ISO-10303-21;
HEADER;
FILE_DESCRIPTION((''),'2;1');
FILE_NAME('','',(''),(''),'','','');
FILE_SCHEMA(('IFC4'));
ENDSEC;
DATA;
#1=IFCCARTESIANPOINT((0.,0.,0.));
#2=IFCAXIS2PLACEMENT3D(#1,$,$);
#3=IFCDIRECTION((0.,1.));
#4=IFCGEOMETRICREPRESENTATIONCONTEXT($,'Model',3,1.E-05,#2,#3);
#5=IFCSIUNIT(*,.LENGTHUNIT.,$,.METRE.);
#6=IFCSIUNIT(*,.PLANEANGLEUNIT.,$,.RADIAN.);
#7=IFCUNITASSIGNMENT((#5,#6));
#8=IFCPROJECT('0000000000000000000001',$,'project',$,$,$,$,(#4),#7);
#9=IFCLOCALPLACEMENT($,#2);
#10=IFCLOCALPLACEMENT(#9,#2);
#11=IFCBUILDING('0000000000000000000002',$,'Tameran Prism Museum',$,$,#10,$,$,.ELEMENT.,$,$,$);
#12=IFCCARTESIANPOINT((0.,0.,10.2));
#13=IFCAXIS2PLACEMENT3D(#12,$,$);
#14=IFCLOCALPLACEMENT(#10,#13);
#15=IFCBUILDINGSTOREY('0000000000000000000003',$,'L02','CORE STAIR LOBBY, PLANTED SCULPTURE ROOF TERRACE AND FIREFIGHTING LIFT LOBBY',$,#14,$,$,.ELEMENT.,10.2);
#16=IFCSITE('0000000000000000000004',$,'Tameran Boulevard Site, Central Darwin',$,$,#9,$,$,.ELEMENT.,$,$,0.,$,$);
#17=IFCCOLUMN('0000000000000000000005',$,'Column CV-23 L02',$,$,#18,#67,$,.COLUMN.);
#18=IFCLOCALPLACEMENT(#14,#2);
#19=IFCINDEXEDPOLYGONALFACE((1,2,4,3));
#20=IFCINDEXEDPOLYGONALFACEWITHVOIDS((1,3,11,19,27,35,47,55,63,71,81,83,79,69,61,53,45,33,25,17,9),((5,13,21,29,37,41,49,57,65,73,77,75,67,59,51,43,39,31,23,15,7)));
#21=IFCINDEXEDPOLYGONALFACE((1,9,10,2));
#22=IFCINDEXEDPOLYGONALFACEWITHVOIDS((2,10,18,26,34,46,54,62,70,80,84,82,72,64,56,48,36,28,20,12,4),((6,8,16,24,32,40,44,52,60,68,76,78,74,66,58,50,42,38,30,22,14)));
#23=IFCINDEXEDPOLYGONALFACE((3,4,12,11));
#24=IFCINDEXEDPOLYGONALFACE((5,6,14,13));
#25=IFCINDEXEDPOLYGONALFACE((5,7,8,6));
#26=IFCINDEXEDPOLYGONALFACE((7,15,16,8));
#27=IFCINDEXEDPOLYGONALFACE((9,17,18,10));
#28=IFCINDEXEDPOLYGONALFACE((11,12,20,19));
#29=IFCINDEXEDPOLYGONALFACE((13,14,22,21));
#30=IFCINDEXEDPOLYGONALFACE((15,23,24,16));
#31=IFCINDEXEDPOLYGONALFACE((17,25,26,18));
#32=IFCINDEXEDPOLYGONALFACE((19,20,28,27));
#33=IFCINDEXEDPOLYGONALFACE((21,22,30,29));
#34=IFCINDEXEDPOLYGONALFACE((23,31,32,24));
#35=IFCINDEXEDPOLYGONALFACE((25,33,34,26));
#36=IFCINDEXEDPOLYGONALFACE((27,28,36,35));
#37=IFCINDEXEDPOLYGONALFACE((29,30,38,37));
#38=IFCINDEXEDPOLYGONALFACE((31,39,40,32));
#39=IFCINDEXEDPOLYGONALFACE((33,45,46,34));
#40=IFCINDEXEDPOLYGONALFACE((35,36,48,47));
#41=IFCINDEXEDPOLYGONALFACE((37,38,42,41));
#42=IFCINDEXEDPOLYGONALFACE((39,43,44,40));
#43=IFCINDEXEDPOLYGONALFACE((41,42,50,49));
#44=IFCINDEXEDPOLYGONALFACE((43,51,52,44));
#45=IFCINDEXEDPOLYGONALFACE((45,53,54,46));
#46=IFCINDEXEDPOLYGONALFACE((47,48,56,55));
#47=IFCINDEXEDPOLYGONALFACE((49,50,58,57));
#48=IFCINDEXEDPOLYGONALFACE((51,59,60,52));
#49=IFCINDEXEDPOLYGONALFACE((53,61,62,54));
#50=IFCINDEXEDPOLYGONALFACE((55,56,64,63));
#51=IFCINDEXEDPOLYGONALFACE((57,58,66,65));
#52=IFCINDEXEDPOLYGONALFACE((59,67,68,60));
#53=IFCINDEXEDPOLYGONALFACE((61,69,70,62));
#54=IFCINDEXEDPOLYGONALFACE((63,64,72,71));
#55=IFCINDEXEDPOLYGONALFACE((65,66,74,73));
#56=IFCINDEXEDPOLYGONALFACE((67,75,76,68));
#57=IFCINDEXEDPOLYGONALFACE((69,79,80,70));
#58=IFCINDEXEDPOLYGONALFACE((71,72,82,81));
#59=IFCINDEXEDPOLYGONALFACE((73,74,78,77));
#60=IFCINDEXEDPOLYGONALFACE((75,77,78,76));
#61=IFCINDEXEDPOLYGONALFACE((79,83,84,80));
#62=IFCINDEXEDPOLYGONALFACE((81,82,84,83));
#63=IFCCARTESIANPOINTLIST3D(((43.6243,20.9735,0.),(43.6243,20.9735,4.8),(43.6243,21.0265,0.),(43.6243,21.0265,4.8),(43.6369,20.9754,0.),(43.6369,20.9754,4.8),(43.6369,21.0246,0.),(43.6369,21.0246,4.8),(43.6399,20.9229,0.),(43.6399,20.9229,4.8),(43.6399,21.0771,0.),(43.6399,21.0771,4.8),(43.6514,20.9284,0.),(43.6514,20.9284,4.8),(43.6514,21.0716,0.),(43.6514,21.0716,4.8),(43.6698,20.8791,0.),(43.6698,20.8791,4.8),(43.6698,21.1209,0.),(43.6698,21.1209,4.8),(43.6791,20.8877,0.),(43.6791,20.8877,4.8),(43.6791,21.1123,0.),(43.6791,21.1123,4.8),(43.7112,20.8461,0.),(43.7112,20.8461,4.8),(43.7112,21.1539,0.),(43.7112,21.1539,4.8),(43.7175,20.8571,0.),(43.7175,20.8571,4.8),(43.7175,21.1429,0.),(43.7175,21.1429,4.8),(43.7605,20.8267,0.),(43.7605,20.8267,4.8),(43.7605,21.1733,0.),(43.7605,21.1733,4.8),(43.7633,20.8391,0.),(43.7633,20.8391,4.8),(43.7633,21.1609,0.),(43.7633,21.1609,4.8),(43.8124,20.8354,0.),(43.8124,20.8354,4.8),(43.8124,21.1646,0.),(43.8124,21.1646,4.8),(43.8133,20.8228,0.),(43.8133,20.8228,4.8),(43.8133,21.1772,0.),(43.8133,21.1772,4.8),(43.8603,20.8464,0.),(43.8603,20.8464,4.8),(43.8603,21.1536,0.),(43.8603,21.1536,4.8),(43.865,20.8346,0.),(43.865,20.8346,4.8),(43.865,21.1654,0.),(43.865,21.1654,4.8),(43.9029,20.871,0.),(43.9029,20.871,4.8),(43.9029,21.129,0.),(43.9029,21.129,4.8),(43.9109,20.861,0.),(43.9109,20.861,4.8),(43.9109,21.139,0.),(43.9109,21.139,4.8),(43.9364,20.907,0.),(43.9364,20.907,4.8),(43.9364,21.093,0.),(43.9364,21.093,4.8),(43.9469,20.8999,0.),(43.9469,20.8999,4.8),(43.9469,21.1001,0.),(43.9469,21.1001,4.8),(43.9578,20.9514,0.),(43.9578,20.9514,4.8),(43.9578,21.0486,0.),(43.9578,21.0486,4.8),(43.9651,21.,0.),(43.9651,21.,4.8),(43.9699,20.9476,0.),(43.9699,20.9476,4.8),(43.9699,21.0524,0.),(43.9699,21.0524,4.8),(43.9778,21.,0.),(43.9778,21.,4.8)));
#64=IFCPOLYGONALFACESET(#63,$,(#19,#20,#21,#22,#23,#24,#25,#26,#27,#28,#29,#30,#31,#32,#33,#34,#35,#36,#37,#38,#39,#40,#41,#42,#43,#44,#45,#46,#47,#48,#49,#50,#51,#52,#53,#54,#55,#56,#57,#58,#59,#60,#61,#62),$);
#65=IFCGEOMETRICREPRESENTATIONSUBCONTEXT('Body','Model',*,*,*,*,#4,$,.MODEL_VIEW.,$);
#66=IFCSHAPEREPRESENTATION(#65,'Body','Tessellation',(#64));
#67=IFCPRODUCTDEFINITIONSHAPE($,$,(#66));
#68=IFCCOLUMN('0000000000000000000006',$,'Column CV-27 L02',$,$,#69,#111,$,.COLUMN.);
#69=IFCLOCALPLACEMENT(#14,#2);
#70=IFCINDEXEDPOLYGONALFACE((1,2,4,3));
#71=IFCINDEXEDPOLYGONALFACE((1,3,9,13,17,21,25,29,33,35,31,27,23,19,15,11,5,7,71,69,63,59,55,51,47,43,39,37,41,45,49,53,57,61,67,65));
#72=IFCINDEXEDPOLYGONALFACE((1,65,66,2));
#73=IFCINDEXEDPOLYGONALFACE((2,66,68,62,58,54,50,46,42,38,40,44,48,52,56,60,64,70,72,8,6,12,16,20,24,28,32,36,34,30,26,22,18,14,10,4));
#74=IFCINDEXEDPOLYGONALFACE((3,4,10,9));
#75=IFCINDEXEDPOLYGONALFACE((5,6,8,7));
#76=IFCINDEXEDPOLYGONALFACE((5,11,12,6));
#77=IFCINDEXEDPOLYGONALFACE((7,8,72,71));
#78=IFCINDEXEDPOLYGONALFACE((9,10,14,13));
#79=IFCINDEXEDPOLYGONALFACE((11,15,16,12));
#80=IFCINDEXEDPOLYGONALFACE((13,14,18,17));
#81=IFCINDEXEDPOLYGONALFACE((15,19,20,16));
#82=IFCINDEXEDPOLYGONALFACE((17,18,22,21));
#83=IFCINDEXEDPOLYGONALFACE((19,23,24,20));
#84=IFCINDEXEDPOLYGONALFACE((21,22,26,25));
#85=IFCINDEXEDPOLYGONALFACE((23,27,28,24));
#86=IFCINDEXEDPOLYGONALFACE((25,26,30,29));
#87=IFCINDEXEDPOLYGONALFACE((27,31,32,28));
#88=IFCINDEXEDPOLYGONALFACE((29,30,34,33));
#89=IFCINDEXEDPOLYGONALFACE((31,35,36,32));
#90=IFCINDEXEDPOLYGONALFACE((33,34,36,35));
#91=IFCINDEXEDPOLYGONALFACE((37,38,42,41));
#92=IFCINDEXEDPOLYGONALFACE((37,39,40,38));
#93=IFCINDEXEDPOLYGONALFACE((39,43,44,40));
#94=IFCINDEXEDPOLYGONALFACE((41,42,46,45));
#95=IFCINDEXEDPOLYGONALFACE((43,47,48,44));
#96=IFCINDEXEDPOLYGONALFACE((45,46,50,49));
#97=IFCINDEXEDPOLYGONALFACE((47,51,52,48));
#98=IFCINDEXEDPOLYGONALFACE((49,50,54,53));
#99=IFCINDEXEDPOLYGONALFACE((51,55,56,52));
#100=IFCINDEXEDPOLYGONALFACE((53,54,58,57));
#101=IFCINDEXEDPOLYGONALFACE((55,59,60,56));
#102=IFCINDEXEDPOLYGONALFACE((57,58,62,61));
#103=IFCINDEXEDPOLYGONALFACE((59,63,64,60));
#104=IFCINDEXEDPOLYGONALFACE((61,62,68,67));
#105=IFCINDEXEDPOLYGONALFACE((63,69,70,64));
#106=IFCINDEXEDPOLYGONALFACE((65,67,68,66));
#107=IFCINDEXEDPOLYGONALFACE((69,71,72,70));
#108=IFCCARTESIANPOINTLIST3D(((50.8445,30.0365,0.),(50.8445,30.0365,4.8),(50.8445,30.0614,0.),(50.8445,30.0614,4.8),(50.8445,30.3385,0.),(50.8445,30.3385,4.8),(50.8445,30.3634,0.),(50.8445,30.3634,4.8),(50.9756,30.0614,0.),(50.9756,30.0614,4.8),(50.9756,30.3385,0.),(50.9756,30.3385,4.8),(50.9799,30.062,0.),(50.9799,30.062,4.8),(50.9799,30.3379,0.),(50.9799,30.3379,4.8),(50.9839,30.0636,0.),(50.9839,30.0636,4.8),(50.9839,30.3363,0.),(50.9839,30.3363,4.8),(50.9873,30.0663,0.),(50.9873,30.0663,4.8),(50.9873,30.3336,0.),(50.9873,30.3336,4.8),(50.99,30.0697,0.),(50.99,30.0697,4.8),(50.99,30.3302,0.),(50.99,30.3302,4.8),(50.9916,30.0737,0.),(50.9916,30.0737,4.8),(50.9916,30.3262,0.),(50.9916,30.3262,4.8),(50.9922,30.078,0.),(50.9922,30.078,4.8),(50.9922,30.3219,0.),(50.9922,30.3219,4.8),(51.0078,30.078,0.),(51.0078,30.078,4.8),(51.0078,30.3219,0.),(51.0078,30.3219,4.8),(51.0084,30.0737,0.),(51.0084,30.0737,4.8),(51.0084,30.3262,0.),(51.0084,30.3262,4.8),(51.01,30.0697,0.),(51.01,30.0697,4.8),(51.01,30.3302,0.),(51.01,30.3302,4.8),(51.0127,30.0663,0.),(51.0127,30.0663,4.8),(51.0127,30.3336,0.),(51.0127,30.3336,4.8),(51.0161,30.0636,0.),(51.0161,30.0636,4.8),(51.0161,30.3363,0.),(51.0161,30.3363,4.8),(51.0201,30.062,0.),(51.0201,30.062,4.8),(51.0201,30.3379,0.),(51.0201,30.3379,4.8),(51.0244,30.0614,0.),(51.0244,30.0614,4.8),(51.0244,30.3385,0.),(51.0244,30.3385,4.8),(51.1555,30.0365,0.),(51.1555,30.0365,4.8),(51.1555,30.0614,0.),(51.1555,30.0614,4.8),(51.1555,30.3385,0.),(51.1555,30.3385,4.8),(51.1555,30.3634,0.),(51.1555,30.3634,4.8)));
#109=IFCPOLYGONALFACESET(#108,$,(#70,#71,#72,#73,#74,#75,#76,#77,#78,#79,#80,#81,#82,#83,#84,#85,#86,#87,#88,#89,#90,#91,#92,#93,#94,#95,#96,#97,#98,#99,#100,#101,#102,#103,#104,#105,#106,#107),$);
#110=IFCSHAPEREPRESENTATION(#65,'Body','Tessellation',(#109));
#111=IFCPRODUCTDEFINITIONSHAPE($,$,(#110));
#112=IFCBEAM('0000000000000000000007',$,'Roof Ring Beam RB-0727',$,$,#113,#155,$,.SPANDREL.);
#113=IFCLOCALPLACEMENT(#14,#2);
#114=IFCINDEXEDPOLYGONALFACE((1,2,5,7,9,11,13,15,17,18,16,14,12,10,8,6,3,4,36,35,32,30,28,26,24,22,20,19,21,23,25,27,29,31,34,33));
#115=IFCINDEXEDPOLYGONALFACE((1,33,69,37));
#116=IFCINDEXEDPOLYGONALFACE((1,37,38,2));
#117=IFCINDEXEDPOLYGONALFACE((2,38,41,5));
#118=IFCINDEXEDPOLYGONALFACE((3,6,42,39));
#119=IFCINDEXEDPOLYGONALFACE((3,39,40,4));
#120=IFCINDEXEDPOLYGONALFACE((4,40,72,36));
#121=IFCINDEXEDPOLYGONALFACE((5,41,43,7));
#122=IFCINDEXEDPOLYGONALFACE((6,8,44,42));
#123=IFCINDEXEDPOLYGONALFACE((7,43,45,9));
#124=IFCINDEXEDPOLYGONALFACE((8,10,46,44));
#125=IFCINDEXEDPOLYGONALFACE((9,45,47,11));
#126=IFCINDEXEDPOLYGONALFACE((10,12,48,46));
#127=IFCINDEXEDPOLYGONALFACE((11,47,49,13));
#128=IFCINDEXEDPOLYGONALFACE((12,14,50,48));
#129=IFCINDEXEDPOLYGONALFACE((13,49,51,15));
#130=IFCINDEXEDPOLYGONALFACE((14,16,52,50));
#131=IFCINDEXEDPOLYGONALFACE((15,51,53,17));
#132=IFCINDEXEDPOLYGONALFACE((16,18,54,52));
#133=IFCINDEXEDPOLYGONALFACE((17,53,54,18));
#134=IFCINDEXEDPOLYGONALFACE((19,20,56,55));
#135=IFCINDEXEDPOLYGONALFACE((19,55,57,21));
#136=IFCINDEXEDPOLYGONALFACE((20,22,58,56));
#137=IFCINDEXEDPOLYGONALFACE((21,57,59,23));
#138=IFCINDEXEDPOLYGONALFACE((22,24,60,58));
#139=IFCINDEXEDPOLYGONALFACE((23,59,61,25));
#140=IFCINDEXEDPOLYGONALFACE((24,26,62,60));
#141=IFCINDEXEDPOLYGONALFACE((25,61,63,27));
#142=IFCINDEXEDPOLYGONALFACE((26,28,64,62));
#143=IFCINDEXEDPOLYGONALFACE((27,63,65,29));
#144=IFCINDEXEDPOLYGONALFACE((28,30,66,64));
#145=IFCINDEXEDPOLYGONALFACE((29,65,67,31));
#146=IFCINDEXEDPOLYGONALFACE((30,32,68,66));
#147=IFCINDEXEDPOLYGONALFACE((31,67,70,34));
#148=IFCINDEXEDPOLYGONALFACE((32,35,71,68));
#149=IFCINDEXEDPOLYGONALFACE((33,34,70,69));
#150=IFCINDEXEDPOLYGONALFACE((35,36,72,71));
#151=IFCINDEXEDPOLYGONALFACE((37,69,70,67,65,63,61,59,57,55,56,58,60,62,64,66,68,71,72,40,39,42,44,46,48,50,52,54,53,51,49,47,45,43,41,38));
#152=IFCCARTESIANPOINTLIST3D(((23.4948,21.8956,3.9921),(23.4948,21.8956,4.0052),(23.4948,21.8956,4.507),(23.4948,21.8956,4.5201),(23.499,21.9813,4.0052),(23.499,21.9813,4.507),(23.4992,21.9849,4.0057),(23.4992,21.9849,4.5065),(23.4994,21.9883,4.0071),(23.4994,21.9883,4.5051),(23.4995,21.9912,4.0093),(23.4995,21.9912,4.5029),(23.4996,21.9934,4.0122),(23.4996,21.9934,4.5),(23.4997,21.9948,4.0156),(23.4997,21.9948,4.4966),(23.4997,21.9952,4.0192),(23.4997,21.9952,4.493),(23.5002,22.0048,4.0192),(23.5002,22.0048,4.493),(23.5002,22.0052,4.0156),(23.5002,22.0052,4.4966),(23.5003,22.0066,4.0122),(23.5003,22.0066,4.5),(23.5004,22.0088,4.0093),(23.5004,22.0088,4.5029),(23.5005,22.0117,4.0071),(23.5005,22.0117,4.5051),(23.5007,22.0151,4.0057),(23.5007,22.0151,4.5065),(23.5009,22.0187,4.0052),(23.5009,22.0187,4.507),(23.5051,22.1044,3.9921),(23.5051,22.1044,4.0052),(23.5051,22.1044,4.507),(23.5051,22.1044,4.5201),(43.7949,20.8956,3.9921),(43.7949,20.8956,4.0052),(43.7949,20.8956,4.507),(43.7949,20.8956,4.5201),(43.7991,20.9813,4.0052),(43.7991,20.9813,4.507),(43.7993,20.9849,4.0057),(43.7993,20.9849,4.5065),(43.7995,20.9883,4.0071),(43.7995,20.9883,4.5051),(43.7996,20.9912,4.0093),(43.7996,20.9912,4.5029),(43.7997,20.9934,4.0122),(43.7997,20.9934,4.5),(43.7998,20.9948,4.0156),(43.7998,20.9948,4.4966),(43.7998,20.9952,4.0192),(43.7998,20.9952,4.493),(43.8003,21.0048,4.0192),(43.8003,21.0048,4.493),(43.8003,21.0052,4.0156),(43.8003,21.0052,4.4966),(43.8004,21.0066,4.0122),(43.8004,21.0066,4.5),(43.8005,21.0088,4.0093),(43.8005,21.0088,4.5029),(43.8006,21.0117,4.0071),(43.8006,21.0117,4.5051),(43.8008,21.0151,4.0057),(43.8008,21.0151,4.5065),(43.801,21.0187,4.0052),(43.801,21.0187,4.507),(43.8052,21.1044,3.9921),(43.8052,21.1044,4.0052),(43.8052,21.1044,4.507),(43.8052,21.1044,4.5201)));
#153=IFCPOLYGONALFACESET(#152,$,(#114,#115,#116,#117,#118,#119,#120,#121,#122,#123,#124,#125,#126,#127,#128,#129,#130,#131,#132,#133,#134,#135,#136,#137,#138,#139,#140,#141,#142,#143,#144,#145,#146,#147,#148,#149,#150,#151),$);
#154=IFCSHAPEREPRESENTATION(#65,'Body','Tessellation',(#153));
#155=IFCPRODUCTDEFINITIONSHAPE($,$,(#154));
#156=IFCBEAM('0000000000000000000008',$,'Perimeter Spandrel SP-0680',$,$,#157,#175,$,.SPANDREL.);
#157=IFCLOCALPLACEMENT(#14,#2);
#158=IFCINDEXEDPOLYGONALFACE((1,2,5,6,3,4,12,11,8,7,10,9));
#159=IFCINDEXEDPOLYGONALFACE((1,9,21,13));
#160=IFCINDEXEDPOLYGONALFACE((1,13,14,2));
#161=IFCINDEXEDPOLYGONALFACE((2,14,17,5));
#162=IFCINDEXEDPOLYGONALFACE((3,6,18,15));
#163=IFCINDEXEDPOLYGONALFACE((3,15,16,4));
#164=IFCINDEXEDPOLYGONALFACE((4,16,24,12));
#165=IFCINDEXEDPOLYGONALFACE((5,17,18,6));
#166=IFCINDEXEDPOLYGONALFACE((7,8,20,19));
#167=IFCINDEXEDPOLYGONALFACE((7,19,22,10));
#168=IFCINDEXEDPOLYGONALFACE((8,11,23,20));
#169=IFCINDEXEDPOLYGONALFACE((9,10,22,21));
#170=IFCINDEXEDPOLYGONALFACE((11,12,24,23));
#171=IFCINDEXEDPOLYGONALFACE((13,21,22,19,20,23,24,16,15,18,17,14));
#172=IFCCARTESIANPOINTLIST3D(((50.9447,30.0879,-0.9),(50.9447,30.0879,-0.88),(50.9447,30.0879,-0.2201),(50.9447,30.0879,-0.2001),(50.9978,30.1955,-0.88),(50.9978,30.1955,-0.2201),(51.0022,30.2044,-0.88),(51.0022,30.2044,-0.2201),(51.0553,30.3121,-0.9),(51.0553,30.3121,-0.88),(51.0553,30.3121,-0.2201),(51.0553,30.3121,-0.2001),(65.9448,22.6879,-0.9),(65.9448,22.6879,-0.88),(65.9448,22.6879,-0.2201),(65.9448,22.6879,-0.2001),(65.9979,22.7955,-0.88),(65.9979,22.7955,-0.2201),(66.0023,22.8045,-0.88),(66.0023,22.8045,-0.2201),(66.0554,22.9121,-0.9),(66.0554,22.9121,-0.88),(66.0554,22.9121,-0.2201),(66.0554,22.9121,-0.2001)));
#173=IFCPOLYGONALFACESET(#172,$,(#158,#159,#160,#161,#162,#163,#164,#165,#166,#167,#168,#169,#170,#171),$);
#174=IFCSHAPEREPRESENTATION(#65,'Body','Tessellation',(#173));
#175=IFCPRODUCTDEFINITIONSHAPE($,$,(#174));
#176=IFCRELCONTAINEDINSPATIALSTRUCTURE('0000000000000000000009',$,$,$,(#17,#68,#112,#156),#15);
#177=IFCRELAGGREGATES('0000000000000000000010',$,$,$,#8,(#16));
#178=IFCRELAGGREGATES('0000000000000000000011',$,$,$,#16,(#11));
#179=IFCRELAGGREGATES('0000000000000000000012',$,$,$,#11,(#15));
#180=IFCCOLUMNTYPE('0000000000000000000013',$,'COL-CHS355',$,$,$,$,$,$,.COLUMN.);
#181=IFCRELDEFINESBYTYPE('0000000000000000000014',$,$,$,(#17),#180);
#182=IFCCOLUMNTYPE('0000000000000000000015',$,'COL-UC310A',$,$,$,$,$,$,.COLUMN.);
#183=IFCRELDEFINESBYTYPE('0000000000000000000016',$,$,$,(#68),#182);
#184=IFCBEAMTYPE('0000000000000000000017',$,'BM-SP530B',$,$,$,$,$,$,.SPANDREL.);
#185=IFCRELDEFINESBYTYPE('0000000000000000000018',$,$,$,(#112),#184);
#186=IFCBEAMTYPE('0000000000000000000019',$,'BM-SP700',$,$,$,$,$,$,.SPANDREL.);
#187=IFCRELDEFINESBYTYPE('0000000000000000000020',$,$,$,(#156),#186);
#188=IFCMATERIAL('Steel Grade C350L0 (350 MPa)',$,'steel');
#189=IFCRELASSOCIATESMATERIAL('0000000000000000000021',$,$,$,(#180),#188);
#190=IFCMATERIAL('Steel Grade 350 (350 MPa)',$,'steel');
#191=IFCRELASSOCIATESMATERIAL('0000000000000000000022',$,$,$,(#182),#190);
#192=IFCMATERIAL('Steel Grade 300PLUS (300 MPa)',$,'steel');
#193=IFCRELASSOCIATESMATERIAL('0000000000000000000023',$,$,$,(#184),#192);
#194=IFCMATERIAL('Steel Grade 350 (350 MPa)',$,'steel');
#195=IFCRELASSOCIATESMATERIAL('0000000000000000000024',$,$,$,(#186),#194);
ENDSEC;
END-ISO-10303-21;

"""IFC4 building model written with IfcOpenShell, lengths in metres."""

from ifc_helpers import new_model, si_unit, direction, frame, origin, origin_2d, place, context, subcontext, project, spatial, hollow_circle, i_section, extrude, material, material_profile, profile_set, type_object, element, save


model = new_model("IFC4")

# Units and contexts
model_context = context("Model", 3, precision=1e-05, world=origin(), true_north=direction((0.0, 1.0)))
body_context = subcontext(model_context, "Body", "Model", "MODEL_VIEW")
ifc_project = project(units=[si_unit("LENGTHUNIT", "METRE"), si_unit("PLANEANGLEUNIT", "RADIAN")], contexts=[model_context])

# Site, building, storey
site_placement = place(None, origin())
site = spatial("IfcSite", under=ifc_project, at=site_placement, Name="Tameran Boulevard Site, Central Darwin", CompositionType="ELEMENT", RefElevation=0.0)
building_placement = place(site_placement, origin())
building = spatial("IfcBuilding", under=site, at=building_placement, Name="Tameran Prism Museum", CompositionType="ELEMENT")
storey_placement = place(building_placement, frame((0.0, 0.0, 10.2)))
storey = spatial("IfcBuildingStorey", under=building, at=storey_placement, Name="L02", Description="CORE STAIR LOBBY, PLANTED SCULPTURE ROOF TERRACE AND FIREFIGHTING LIFT LOBBY", CompositionType="ELEMENT", Elevation=10.2)

# Columns
ifc_material_1 = material(Name="Steel Grade C350L0 (350 MPa)", Category="steel")
ifc_material_profile_1 = material_profile(ifc_material_1, hollow_circle(Radius=0.1777, WallThickness=0.0127, at=origin_2d()))
ifc_profile_set_1 = profile_set([ifc_material_profile_1])
column_type_1 = type_object("IfcColumnType", Name="COL-CHS355", PredefinedType="COLUMN", material=ifc_profile_set_1)
column_1_placement = place(storey_placement, frame((43.8, 21.0, 0.0), z_axis=(0.0, 0.0, 1.0), x_axis=(1.0, 0.0, 0.0)))
element("IfcColumn", 1, at=column_1_placement, inside=storey, type_object=column_type_1, Name="Column CV-23 L02", PredefinedType="COLUMN", context=body_context, shape_type="SweptSolid", body=[
    extrude(hollow_circle(Radius=0.1777, WallThickness=0.0127, at=origin_2d()), origin(), (0.0, 0.0, 1.0), 4.8),
])
ifc_material_2 = material(Name="Steel Grade 350 (350 MPa)", Category="steel")
ifc_material_profile_2 = material_profile(ifc_material_2, i_section(OverallWidth=0.311, OverallDepth=0.3269, WebThickness=0.0156, FlangeThickness=0.0249, FilletRadius=0.0166, at=origin_2d()))
ifc_profile_set_2 = profile_set([ifc_material_profile_2])
column_type_2 = type_object("IfcColumnType", Name="COL-UC310A", PredefinedType="COLUMN", material=ifc_profile_set_2)
column_2_placement = place(storey_placement, frame((51.0, 30.2, 0.0), z_axis=(0.0, 0.0, 1.0), x_axis=(1.0, 0.0, 0.0)))
element("IfcColumn", 2, at=column_2_placement, inside=storey, type_object=column_type_2, Name="Column CV-27 L02", PredefinedType="COLUMN", context=body_context, shape_type="SweptSolid", body=[
    extrude(i_section(OverallWidth=0.311, OverallDepth=0.3269, WebThickness=0.0156, FlangeThickness=0.0249, FilletRadius=0.0166, at=origin_2d()), origin(), (0.0, 0.0, 1.0), 4.8),
])

# Beams
ifc_material_3 = material(Name="Steel Grade 300PLUS (300 MPa)", Category="steel")
ifc_material_profile_3 = material_profile(ifc_material_3, i_section(OverallWidth=0.209, OverallDepth=0.5281, WebThickness=0.0095, FlangeThickness=0.0132, FilletRadius=0.0139, at=origin_2d()))
ifc_profile_set_3 = profile_set([ifc_material_profile_3])
beam_type_1 = type_object("IfcBeamType", Name="BM-SP530B", PredefinedType="SPANDREL", material=ifc_profile_set_3)
beam_1_placement = place(storey_placement, frame((43.8, 21.0, 4.2561), z_axis=(-0.998789, 0.049201, 0.0), x_axis=(-0.049201, -0.998789, 0.0)))
element("IfcBeam", 3, at=beam_1_placement, inside=storey, type_object=beam_type_1, Name="Roof Ring Beam RB-0727", PredefinedType="SPANDREL", context=body_context, shape_type="SweptSolid", body=[
    extrude(i_section(OverallWidth=0.209, OverallDepth=0.5281, WebThickness=0.0095, FlangeThickness=0.0132, FilletRadius=0.0139, at=origin_2d()), origin(), (0.0, 0.0, 1.0), 20.3247),
])
ifc_material_4 = material(Name="Steel Grade 350 (350 MPa)", Category="steel")
ifc_material_profile_4 = material_profile(ifc_material_4, i_section(OverallWidth=0.25, OverallDepth=0.7, WebThickness=0.01, FlangeThickness=0.02, at=origin_2d()))
ifc_profile_set_4 = profile_set([ifc_material_profile_4])
beam_type_2 = type_object("IfcBeamType", Name="BM-SP700", PredefinedType="SPANDREL", material=ifc_profile_set_4)
beam_2_placement = place(storey_placement, frame((51.0, 30.2, -0.55), z_axis=(0.896808, -0.44242, 0.0), x_axis=(0.44242, 0.896808, 0.0)))
element("IfcBeam", 4, at=beam_2_placement, inside=storey, type_object=beam_type_2, Name="Perimeter Spandrel SP-0680", PredefinedType="SPANDREL", context=body_context, shape_type="SweptSolid", body=[
    extrude(i_section(OverallWidth=0.25, OverallDepth=0.7, WebThickness=0.01, FlangeThickness=0.02, at=origin_2d()), origin(), (0.0, 0.0, 1.0), 16.7261),
])

save(model, "model.ifc")
